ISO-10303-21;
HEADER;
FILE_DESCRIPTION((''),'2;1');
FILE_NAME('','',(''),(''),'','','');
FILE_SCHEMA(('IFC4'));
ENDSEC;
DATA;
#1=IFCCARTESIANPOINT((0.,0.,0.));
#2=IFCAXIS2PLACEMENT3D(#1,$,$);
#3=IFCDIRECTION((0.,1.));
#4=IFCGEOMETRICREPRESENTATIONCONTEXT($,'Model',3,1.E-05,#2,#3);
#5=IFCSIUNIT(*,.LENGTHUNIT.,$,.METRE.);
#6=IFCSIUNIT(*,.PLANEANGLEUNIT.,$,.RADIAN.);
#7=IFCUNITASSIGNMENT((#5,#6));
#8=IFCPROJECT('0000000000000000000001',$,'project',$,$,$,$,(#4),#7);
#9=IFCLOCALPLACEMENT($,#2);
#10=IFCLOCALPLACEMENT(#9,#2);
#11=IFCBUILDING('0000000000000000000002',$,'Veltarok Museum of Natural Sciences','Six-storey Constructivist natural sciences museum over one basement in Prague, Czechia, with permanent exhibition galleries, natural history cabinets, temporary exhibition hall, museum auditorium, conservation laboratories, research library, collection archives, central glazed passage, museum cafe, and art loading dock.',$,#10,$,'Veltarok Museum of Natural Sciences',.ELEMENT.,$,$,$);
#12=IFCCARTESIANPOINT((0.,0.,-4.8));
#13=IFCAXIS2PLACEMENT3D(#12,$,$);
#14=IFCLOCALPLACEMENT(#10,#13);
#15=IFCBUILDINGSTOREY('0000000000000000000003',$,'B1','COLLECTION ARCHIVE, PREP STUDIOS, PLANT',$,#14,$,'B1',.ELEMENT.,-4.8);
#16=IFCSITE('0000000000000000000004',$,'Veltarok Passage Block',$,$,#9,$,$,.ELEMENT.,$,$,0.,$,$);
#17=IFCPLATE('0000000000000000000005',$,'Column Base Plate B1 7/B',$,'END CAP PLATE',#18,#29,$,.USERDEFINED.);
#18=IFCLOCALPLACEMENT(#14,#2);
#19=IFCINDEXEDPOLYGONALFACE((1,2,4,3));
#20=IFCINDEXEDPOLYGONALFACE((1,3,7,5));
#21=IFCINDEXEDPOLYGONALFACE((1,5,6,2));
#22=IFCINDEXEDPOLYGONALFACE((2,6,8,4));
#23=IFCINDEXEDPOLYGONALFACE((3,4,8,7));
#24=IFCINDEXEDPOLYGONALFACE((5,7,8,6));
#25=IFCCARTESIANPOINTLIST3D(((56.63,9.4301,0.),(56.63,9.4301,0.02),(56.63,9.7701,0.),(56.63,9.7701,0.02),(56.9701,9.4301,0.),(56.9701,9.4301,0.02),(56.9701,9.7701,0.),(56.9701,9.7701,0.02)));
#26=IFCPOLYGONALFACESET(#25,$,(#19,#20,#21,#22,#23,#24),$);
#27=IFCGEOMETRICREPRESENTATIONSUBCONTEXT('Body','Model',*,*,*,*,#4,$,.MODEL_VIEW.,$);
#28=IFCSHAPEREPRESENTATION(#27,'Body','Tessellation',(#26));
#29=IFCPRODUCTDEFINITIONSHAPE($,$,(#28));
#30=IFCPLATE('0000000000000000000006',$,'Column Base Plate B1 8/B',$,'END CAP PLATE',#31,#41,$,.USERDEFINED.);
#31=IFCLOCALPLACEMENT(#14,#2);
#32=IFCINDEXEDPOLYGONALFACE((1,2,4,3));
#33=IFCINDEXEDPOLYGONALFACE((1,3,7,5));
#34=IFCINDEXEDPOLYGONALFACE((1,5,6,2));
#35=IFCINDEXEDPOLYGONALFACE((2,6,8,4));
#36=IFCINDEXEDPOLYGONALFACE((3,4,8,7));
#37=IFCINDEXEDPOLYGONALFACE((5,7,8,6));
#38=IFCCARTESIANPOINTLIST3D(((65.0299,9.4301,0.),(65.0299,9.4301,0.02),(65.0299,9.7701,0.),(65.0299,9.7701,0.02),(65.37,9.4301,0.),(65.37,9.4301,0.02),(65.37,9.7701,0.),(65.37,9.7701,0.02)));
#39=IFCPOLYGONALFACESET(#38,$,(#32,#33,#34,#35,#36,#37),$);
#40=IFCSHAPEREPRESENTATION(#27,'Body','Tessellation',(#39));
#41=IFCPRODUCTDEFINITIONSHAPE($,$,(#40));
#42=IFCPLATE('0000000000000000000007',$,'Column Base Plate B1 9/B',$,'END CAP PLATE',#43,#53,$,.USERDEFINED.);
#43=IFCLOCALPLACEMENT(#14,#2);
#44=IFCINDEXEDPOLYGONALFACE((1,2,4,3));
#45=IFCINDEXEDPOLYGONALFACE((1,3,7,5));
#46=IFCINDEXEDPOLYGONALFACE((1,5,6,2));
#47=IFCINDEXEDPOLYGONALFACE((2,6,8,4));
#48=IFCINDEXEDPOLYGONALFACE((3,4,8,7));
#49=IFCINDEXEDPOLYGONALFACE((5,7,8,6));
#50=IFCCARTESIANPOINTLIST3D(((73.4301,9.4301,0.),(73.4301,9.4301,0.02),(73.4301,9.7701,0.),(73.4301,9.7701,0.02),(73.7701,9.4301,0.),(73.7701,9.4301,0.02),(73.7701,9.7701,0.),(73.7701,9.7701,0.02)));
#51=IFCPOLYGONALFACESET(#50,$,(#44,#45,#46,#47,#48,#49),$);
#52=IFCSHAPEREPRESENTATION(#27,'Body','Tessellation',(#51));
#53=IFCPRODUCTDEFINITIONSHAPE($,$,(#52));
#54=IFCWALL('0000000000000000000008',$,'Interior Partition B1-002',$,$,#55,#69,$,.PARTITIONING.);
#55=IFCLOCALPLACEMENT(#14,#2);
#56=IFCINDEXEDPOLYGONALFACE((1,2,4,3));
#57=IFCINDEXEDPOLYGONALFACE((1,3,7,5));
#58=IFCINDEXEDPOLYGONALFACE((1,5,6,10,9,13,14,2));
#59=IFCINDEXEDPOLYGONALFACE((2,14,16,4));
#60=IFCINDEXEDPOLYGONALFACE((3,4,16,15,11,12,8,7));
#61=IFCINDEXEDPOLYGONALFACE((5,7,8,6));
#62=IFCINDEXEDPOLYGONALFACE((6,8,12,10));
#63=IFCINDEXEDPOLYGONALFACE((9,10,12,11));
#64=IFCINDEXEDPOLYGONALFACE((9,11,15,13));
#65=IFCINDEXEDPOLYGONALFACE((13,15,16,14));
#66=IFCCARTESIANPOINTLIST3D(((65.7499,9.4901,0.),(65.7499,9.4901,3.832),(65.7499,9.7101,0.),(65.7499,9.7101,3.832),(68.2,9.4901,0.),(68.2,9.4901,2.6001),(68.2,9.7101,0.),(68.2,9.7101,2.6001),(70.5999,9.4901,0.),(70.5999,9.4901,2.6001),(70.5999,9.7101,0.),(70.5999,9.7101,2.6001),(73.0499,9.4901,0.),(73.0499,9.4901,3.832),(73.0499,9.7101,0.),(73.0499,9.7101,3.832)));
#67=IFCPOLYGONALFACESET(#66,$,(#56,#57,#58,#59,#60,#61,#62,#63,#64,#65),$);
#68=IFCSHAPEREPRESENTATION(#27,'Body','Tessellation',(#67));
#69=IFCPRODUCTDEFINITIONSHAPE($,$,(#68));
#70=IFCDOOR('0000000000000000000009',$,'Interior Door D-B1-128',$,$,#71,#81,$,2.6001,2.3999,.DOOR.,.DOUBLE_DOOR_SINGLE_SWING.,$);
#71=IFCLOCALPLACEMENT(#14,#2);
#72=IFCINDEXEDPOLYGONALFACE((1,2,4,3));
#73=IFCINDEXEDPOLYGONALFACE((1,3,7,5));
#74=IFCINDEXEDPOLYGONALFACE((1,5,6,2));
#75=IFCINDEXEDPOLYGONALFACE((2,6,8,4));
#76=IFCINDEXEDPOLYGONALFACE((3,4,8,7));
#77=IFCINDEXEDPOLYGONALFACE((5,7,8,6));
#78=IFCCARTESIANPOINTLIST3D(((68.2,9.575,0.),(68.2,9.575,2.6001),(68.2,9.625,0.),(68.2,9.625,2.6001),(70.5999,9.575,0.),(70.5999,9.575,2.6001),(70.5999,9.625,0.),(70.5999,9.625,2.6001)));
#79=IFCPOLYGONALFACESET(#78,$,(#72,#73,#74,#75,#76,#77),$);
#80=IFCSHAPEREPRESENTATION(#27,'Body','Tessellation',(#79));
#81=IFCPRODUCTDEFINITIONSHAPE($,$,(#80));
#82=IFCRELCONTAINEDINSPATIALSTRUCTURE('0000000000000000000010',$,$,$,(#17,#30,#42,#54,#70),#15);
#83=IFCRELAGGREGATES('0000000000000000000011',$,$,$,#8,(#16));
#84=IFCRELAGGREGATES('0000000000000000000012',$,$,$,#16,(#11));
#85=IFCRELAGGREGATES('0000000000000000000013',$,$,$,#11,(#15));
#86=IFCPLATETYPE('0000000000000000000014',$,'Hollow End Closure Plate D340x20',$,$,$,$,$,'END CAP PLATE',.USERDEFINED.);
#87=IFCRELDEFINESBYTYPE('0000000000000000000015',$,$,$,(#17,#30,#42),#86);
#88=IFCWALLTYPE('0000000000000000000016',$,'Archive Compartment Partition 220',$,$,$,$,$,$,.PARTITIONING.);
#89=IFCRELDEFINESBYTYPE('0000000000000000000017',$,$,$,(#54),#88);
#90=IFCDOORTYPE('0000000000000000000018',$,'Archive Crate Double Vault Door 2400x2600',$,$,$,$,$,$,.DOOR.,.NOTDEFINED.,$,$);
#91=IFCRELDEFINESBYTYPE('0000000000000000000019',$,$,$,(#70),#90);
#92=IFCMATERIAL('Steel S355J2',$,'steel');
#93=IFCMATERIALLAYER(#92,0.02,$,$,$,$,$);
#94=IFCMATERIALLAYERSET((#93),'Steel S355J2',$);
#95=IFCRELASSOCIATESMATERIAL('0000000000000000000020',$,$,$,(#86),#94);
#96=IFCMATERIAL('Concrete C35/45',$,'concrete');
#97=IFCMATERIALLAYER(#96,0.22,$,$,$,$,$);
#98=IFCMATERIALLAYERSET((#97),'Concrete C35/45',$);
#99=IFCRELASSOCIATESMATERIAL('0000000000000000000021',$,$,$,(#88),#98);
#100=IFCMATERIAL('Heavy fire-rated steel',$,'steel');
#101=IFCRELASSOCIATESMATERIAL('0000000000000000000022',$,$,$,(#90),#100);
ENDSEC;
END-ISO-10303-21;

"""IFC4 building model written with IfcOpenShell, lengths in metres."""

from ifc_helpers import new_model, si_unit, direction, frame, frame_2d, origin, origin_2d, place, context, subcontext, project, spatial, rectangle, extrude, material, layer, layer_set, type_object, element, fill, save


model = new_model("IFC4")

# Units and contexts
model_context = context("Model", 3, precision=1e-05, world=origin(), true_north=direction((0.0, 1.0)))
body_context = subcontext(model_context, "Body", "Model", "MODEL_VIEW")
ifc_project = project(units=[si_unit("LENGTHUNIT", "METRE"), si_unit("PLANEANGLEUNIT", "RADIAN")], contexts=[model_context])

# Site, building, storey
site_placement = place(None, origin())
site = spatial("IfcSite", under=ifc_project, at=site_placement, Name="Veltarok Passage Block", CompositionType="ELEMENT", RefElevation=0.0)
building_placement = place(site_placement, origin())
building = spatial("IfcBuilding", under=site, at=building_placement, Name="Veltarok Museum of Natural Sciences", Description="Six-storey Constructivist natural sciences museum over one basement in Prague, Czechia, with permanent exhibition galleries, natural history cabinets, temporary exhibition hall, museum auditorium, conservation laboratories, research library, collection archives, central glazed passage, museum cafe, and art loading dock.", LongName="Veltarok Museum of Natural Sciences", CompositionType="ELEMENT")
storey_placement = place(building_placement, frame((0.0, 0.0, -4.8)))
storey = spatial("IfcBuildingStorey", under=building, at=storey_placement, Name="B1", Description="COLLECTION ARCHIVE, PREP STUDIOS, PLANT", LongName="B1", CompositionType="ELEMENT", Elevation=-4.8)

# Shared definitions
ifc_material_1 = material(Name="Concrete C35/45", Category="concrete")

# Shared definitions
ifc_material_2 = material(Name="Steel S355J2", Category="steel")

# Plates
ifc_layer_1 = layer(ifc_material_2, 0.02)
ifc_layer_set_1 = layer_set([ifc_layer_1], Name="Steel S355J2")
plate_type = type_object("IfcPlateType", Name="Hollow End Closure Plate D340x20", ElementType="END CAP PLATE", PredefinedType="USERDEFINED", material=ifc_layer_set_1)
for number, where, z_axis, x_axis, name in (
    (1, (56.8, 9.6001, 0.0), (0.0, 0.0, 1.0), (1.0, 0.0, 0.0), "Column Base Plate B1 7/B"),
    (2, (65.2, 9.6001, 0.0), (0.0, 0.0, 1.0), (1.0, 0.0, 0.0), "Column Base Plate B1 8/B"),
    (3, (73.6001, 9.6001, 0.0), (0.0, 0.0, 1.0), (1.0, 0.0, 0.0), "Column Base Plate B1 9/B"),
):
    element("IfcPlate", number, at=place(storey_placement, frame(where, z_axis=z_axis, x_axis=x_axis)), inside=storey, type_object=plate_type, Name=name, ObjectType="END CAP PLATE", PredefinedType="USERDEFINED", context=body_context, shape_type="SweptSolid", body=[
        extrude(rectangle(XDim=0.3401, YDim=0.3401, at=origin_2d()), origin(), (0.0, 0.0, 1.0), 0.02),
    ])

# Wall, opening, door
ifc_layer_2 = layer(ifc_material_1, 0.22)
ifc_layer_set_2 = layer_set([ifc_layer_2], Name="Concrete C35/45")
wall_type = type_object("IfcWallType", Name="Archive Compartment Partition 220", PredefinedType="PARTITIONING", material=ifc_layer_set_2)
wall_placement = place(storey_placement, frame((65.75, 9.6001, 0.0), z_axis=(0.0, 0.0, 1.0), x_axis=(1.0, 0.0, 0.0)))
wall = element("IfcWall", 4, at=wall_placement, inside=storey, type_object=wall_type, Name="Interior Partition B1-002", PredefinedType="PARTITIONING", context=body_context, shape_type="SweptSolid", body=[
    extrude(rectangle(XDim=7.3, YDim=0.22, at=frame_2d((3.6499, 0.0))), origin(), (0.0, 0.0, 1.0), 3.832),
])
opening_placement = place(wall_placement, frame((2.45, 0.0, 0.0)))
opening = element("IfcOpeningElement", 5, at=opening_placement, cuts=wall, PredefinedType="OPENING", context=body_context, shape_type="SweptSolid", body=[
    extrude(rectangle(XDim=2.3999, YDim=2.6001, at=frame_2d((1.2, 1.3))), frame((0.0, 0.1201, 0.0), z_axis=(0.0, -1.0, 0.0), x_axis=(1.0, 0.0, 0.0)), (0.0, 0.0, 1.0), 0.24),
])
ifc_material_3 = material(Name="Heavy fire-rated steel", Category="steel")
door_type = type_object("IfcDoorType", Name="Archive Crate Double Vault Door 2400x2600", OperationType="NOTDEFINED", PredefinedType="DOOR", material=ifc_material_3)
door_placement = place(opening_placement, origin())
door = element("IfcDoor", 6, at=door_placement, inside=storey, type_object=door_type, Name="Interior Door D-B1-128", OperationType="DOUBLE_DOOR_SINGLE_SWING", OverallHeight=2.6001, OverallWidth=2.3999, PredefinedType="DOOR", context=body_context, shape_type="SweptSolid", body=[
    extrude(rectangle(XDim=2.3999, YDim=2.6001, at=frame_2d((1.2, 1.3))), frame((0.0, 0.0249, 0.0), z_axis=(0.0, -1.0, 0.0), x_axis=(1.0, 0.0, 0.0)), (0.0, 0.0, 1.0), 0.05),
])
fill(opening, door)

save(model, "model.ifc")
